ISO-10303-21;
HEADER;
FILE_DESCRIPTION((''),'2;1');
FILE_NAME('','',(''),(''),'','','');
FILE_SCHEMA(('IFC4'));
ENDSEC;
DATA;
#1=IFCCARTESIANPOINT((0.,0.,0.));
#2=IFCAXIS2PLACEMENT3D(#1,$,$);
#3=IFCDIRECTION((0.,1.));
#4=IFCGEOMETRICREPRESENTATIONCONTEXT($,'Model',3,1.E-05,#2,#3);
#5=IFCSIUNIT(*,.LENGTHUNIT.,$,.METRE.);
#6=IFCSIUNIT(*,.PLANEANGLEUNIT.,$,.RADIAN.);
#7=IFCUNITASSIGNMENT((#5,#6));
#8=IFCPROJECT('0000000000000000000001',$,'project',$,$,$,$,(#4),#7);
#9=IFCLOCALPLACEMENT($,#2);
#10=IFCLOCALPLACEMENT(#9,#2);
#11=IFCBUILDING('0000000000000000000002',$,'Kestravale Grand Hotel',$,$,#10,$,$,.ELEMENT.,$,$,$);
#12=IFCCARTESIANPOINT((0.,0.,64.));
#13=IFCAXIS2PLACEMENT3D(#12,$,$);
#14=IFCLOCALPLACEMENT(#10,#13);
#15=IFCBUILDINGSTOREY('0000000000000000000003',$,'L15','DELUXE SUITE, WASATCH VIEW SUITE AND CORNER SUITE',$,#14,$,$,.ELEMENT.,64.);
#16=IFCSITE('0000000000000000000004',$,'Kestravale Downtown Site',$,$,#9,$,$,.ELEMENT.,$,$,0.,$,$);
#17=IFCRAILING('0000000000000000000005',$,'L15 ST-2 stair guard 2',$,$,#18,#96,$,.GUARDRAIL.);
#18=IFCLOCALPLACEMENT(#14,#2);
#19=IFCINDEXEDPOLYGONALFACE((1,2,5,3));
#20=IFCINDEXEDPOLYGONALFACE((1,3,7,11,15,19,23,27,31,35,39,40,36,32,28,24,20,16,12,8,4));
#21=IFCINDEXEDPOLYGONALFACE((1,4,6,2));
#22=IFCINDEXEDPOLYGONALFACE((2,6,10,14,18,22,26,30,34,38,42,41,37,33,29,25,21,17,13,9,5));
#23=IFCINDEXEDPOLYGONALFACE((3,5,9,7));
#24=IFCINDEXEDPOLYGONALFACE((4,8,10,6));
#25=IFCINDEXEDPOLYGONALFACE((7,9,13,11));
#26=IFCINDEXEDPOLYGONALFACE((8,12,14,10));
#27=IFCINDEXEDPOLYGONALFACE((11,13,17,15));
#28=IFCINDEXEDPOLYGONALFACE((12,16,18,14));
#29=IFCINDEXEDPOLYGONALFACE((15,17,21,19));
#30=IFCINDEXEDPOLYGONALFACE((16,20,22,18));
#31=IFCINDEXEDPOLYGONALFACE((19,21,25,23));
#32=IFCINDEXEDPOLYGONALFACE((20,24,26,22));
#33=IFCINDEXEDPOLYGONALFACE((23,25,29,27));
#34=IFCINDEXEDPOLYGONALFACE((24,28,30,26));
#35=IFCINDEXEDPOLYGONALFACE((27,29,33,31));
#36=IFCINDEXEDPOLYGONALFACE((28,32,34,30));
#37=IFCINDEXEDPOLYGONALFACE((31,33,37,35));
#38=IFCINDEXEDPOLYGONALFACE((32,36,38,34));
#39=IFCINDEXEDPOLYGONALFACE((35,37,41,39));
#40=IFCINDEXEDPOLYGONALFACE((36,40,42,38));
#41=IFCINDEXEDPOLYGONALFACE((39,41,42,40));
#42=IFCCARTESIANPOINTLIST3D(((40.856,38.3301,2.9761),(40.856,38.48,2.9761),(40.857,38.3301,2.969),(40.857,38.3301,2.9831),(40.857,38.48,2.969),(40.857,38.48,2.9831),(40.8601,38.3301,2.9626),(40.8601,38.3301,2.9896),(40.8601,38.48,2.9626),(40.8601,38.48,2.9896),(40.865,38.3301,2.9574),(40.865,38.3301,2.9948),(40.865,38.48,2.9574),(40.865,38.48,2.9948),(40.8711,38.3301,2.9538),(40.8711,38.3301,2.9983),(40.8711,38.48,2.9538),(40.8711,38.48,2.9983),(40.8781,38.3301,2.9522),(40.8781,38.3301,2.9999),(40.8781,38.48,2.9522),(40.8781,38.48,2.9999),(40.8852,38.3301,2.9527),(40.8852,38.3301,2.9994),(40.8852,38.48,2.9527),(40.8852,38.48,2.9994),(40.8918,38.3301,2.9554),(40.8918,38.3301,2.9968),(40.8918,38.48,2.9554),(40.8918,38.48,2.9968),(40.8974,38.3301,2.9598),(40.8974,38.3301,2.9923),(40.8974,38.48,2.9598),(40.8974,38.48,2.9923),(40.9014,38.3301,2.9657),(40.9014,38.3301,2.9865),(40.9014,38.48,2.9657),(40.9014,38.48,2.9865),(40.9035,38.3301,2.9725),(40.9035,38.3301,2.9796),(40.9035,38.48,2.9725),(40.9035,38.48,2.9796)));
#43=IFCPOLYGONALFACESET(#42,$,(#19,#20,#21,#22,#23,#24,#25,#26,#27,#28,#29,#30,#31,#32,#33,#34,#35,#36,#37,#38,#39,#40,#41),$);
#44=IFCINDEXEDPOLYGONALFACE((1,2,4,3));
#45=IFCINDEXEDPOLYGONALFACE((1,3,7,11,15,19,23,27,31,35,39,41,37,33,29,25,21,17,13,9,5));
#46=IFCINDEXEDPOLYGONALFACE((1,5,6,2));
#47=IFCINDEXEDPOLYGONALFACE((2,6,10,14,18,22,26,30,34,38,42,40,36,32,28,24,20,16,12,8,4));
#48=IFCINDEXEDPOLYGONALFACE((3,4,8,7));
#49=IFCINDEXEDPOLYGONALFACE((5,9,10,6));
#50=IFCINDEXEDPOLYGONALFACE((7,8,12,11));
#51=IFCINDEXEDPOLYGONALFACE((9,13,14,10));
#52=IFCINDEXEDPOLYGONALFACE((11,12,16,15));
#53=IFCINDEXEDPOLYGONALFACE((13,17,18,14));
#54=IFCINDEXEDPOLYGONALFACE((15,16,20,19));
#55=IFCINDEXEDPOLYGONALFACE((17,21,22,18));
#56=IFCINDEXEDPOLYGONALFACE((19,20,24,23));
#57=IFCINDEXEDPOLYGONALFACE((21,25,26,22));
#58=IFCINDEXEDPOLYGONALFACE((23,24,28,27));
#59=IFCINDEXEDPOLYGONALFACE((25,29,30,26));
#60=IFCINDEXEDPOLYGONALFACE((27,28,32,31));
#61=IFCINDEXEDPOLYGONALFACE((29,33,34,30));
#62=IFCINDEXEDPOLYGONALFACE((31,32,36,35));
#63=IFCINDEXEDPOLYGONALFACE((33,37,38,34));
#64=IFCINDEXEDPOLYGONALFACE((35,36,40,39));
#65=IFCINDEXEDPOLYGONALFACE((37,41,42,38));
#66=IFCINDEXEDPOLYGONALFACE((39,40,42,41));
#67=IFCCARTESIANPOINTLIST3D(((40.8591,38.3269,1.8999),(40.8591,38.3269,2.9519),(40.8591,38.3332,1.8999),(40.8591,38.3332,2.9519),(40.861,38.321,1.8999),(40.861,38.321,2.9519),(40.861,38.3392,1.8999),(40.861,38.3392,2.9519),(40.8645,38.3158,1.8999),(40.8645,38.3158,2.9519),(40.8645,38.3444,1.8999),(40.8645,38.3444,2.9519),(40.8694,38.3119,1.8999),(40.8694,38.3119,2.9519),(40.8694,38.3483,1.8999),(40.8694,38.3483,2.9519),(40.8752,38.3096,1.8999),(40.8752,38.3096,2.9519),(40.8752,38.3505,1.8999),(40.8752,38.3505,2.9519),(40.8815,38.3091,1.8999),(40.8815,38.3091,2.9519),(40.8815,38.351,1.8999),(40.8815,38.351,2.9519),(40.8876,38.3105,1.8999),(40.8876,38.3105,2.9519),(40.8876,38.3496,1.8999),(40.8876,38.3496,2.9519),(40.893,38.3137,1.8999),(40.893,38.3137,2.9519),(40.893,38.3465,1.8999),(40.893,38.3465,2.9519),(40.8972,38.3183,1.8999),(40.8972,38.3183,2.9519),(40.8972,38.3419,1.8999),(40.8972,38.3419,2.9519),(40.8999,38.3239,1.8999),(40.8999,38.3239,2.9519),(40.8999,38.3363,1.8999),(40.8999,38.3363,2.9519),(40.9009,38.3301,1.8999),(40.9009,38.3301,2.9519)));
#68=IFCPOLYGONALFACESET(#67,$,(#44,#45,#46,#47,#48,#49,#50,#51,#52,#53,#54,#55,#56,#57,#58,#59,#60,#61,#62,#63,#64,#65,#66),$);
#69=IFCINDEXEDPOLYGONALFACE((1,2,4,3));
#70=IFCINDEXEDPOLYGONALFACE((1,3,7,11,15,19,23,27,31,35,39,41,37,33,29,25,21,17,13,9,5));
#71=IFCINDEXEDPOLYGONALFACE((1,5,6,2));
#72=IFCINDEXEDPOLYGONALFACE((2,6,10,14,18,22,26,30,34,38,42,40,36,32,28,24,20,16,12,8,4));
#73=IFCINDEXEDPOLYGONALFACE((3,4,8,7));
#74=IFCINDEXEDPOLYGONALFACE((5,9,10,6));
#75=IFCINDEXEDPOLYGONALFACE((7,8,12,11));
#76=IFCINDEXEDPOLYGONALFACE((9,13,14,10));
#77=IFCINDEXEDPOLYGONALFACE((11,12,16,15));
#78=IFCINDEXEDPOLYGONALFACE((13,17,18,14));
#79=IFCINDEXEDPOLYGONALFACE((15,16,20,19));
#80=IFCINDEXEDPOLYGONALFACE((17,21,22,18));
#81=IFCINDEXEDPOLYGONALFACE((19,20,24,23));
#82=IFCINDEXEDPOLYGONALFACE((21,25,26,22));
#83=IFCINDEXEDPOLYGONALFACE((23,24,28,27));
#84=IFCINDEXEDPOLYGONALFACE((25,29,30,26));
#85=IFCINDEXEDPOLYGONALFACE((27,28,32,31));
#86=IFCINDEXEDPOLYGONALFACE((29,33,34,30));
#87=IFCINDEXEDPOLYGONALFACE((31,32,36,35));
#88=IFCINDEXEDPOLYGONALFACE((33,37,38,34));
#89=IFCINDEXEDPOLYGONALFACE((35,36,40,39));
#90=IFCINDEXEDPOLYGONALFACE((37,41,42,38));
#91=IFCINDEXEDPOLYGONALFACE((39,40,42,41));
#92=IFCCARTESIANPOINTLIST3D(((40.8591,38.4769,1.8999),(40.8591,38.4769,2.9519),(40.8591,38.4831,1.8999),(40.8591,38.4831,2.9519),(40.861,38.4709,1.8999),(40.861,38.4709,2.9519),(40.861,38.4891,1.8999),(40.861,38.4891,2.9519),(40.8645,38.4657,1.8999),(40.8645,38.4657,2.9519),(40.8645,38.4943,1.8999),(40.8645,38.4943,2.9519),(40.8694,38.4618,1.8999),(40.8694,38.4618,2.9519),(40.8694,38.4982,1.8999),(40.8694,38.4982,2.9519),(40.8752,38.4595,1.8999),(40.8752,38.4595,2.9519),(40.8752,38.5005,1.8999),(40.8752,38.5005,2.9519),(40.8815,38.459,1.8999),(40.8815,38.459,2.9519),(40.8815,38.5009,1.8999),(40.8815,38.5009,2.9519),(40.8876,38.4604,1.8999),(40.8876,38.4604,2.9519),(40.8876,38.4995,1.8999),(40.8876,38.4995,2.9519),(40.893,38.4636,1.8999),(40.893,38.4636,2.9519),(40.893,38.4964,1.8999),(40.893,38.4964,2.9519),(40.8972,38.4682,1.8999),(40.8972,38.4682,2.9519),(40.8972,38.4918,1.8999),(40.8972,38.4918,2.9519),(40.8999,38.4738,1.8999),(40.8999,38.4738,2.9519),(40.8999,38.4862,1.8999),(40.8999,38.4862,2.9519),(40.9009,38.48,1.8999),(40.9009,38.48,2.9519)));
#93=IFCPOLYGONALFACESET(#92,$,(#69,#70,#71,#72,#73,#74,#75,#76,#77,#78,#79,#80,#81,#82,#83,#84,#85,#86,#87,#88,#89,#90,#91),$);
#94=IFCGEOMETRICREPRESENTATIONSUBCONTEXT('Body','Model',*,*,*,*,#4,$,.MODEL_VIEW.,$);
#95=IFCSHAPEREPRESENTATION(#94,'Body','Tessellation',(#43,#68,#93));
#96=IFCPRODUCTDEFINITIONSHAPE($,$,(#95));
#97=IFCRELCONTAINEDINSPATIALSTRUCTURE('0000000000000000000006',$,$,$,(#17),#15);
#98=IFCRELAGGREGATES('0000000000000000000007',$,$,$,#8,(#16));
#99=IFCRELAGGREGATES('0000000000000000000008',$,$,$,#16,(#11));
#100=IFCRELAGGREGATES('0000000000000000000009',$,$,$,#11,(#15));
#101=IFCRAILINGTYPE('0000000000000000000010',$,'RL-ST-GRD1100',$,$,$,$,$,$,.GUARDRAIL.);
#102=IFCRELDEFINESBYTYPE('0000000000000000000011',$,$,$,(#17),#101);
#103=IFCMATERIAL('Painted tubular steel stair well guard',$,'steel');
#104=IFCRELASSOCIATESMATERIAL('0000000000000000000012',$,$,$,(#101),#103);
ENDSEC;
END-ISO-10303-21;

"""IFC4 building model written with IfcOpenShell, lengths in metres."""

from ifc_helpers import new_model, si_unit, direction, frame, origin, origin_2d, place, context, subcontext, project, spatial, circle, extrude, material, type_object, element, save


model = new_model("IFC4")

# Units and contexts
model_context = context("Model", 3, precision=1e-05, world=origin(), true_north=direction((0.0, 1.0)))
body_context = subcontext(model_context, "Body", "Model", "MODEL_VIEW")
ifc_project = project(units=[si_unit("LENGTHUNIT", "METRE"), si_unit("PLANEANGLEUNIT", "RADIAN")], contexts=[model_context])

# Site, building, storey
site_placement = place(None, origin())
site = spatial("IfcSite", under=ifc_project, at=site_placement, Name="Kestravale Downtown Site", CompositionType="ELEMENT", RefElevation=0.0)
building_placement = place(site_placement, origin())
building = spatial("IfcBuilding", under=site, at=building_placement, Name="Kestravale Grand Hotel", CompositionType="ELEMENT")
storey_placement = place(building_placement, frame((0.0, 0.0, 64.0)))
storey = spatial("IfcBuildingStorey", under=building, at=storey_placement, Name="L15", Description="DELUXE SUITE, WASATCH VIEW SUITE AND CORNER SUITE", CompositionType="ELEMENT", Elevation=64.0)

# Railing
ifc_material_1 = material(Name="Painted tubular steel stair well guard", Category="steel")
railing_type_1 = type_object("IfcRailingType", Name="RL-ST-GRD1100", PredefinedType="GUARDRAIL", material=ifc_material_1)
railing_1_placement = place(storey_placement, frame((40.8799, 38.3301, 1.8999)))
element("IfcRailing", 1, at=railing_1_placement, inside=storey, type_object=railing_type_1, Name="L15 ST-2 stair guard 2", PredefinedType="GUARDRAIL", context=body_context, shape_type="SweptSolid", body=[
    extrude(circle(Radius=0.0239, at=origin_2d()), frame((0.0, 0.0, 1.0762), z_axis=(0.0, 1.0, 0.0), x_axis=(-1.0, 0.0, 0.0)), (0.0, 0.0, 1.0), 0.1499),
    extrude(circle(Radius=0.021, at=origin_2d()), origin(), (0.0, 0.0, 1.0), 1.052),
    extrude(circle(Radius=0.021, at=origin_2d()), frame((0.0, 0.1499, 0.0)), (0.0, 0.0, 1.0), 1.052),
])

save(model, "model.ifc")
